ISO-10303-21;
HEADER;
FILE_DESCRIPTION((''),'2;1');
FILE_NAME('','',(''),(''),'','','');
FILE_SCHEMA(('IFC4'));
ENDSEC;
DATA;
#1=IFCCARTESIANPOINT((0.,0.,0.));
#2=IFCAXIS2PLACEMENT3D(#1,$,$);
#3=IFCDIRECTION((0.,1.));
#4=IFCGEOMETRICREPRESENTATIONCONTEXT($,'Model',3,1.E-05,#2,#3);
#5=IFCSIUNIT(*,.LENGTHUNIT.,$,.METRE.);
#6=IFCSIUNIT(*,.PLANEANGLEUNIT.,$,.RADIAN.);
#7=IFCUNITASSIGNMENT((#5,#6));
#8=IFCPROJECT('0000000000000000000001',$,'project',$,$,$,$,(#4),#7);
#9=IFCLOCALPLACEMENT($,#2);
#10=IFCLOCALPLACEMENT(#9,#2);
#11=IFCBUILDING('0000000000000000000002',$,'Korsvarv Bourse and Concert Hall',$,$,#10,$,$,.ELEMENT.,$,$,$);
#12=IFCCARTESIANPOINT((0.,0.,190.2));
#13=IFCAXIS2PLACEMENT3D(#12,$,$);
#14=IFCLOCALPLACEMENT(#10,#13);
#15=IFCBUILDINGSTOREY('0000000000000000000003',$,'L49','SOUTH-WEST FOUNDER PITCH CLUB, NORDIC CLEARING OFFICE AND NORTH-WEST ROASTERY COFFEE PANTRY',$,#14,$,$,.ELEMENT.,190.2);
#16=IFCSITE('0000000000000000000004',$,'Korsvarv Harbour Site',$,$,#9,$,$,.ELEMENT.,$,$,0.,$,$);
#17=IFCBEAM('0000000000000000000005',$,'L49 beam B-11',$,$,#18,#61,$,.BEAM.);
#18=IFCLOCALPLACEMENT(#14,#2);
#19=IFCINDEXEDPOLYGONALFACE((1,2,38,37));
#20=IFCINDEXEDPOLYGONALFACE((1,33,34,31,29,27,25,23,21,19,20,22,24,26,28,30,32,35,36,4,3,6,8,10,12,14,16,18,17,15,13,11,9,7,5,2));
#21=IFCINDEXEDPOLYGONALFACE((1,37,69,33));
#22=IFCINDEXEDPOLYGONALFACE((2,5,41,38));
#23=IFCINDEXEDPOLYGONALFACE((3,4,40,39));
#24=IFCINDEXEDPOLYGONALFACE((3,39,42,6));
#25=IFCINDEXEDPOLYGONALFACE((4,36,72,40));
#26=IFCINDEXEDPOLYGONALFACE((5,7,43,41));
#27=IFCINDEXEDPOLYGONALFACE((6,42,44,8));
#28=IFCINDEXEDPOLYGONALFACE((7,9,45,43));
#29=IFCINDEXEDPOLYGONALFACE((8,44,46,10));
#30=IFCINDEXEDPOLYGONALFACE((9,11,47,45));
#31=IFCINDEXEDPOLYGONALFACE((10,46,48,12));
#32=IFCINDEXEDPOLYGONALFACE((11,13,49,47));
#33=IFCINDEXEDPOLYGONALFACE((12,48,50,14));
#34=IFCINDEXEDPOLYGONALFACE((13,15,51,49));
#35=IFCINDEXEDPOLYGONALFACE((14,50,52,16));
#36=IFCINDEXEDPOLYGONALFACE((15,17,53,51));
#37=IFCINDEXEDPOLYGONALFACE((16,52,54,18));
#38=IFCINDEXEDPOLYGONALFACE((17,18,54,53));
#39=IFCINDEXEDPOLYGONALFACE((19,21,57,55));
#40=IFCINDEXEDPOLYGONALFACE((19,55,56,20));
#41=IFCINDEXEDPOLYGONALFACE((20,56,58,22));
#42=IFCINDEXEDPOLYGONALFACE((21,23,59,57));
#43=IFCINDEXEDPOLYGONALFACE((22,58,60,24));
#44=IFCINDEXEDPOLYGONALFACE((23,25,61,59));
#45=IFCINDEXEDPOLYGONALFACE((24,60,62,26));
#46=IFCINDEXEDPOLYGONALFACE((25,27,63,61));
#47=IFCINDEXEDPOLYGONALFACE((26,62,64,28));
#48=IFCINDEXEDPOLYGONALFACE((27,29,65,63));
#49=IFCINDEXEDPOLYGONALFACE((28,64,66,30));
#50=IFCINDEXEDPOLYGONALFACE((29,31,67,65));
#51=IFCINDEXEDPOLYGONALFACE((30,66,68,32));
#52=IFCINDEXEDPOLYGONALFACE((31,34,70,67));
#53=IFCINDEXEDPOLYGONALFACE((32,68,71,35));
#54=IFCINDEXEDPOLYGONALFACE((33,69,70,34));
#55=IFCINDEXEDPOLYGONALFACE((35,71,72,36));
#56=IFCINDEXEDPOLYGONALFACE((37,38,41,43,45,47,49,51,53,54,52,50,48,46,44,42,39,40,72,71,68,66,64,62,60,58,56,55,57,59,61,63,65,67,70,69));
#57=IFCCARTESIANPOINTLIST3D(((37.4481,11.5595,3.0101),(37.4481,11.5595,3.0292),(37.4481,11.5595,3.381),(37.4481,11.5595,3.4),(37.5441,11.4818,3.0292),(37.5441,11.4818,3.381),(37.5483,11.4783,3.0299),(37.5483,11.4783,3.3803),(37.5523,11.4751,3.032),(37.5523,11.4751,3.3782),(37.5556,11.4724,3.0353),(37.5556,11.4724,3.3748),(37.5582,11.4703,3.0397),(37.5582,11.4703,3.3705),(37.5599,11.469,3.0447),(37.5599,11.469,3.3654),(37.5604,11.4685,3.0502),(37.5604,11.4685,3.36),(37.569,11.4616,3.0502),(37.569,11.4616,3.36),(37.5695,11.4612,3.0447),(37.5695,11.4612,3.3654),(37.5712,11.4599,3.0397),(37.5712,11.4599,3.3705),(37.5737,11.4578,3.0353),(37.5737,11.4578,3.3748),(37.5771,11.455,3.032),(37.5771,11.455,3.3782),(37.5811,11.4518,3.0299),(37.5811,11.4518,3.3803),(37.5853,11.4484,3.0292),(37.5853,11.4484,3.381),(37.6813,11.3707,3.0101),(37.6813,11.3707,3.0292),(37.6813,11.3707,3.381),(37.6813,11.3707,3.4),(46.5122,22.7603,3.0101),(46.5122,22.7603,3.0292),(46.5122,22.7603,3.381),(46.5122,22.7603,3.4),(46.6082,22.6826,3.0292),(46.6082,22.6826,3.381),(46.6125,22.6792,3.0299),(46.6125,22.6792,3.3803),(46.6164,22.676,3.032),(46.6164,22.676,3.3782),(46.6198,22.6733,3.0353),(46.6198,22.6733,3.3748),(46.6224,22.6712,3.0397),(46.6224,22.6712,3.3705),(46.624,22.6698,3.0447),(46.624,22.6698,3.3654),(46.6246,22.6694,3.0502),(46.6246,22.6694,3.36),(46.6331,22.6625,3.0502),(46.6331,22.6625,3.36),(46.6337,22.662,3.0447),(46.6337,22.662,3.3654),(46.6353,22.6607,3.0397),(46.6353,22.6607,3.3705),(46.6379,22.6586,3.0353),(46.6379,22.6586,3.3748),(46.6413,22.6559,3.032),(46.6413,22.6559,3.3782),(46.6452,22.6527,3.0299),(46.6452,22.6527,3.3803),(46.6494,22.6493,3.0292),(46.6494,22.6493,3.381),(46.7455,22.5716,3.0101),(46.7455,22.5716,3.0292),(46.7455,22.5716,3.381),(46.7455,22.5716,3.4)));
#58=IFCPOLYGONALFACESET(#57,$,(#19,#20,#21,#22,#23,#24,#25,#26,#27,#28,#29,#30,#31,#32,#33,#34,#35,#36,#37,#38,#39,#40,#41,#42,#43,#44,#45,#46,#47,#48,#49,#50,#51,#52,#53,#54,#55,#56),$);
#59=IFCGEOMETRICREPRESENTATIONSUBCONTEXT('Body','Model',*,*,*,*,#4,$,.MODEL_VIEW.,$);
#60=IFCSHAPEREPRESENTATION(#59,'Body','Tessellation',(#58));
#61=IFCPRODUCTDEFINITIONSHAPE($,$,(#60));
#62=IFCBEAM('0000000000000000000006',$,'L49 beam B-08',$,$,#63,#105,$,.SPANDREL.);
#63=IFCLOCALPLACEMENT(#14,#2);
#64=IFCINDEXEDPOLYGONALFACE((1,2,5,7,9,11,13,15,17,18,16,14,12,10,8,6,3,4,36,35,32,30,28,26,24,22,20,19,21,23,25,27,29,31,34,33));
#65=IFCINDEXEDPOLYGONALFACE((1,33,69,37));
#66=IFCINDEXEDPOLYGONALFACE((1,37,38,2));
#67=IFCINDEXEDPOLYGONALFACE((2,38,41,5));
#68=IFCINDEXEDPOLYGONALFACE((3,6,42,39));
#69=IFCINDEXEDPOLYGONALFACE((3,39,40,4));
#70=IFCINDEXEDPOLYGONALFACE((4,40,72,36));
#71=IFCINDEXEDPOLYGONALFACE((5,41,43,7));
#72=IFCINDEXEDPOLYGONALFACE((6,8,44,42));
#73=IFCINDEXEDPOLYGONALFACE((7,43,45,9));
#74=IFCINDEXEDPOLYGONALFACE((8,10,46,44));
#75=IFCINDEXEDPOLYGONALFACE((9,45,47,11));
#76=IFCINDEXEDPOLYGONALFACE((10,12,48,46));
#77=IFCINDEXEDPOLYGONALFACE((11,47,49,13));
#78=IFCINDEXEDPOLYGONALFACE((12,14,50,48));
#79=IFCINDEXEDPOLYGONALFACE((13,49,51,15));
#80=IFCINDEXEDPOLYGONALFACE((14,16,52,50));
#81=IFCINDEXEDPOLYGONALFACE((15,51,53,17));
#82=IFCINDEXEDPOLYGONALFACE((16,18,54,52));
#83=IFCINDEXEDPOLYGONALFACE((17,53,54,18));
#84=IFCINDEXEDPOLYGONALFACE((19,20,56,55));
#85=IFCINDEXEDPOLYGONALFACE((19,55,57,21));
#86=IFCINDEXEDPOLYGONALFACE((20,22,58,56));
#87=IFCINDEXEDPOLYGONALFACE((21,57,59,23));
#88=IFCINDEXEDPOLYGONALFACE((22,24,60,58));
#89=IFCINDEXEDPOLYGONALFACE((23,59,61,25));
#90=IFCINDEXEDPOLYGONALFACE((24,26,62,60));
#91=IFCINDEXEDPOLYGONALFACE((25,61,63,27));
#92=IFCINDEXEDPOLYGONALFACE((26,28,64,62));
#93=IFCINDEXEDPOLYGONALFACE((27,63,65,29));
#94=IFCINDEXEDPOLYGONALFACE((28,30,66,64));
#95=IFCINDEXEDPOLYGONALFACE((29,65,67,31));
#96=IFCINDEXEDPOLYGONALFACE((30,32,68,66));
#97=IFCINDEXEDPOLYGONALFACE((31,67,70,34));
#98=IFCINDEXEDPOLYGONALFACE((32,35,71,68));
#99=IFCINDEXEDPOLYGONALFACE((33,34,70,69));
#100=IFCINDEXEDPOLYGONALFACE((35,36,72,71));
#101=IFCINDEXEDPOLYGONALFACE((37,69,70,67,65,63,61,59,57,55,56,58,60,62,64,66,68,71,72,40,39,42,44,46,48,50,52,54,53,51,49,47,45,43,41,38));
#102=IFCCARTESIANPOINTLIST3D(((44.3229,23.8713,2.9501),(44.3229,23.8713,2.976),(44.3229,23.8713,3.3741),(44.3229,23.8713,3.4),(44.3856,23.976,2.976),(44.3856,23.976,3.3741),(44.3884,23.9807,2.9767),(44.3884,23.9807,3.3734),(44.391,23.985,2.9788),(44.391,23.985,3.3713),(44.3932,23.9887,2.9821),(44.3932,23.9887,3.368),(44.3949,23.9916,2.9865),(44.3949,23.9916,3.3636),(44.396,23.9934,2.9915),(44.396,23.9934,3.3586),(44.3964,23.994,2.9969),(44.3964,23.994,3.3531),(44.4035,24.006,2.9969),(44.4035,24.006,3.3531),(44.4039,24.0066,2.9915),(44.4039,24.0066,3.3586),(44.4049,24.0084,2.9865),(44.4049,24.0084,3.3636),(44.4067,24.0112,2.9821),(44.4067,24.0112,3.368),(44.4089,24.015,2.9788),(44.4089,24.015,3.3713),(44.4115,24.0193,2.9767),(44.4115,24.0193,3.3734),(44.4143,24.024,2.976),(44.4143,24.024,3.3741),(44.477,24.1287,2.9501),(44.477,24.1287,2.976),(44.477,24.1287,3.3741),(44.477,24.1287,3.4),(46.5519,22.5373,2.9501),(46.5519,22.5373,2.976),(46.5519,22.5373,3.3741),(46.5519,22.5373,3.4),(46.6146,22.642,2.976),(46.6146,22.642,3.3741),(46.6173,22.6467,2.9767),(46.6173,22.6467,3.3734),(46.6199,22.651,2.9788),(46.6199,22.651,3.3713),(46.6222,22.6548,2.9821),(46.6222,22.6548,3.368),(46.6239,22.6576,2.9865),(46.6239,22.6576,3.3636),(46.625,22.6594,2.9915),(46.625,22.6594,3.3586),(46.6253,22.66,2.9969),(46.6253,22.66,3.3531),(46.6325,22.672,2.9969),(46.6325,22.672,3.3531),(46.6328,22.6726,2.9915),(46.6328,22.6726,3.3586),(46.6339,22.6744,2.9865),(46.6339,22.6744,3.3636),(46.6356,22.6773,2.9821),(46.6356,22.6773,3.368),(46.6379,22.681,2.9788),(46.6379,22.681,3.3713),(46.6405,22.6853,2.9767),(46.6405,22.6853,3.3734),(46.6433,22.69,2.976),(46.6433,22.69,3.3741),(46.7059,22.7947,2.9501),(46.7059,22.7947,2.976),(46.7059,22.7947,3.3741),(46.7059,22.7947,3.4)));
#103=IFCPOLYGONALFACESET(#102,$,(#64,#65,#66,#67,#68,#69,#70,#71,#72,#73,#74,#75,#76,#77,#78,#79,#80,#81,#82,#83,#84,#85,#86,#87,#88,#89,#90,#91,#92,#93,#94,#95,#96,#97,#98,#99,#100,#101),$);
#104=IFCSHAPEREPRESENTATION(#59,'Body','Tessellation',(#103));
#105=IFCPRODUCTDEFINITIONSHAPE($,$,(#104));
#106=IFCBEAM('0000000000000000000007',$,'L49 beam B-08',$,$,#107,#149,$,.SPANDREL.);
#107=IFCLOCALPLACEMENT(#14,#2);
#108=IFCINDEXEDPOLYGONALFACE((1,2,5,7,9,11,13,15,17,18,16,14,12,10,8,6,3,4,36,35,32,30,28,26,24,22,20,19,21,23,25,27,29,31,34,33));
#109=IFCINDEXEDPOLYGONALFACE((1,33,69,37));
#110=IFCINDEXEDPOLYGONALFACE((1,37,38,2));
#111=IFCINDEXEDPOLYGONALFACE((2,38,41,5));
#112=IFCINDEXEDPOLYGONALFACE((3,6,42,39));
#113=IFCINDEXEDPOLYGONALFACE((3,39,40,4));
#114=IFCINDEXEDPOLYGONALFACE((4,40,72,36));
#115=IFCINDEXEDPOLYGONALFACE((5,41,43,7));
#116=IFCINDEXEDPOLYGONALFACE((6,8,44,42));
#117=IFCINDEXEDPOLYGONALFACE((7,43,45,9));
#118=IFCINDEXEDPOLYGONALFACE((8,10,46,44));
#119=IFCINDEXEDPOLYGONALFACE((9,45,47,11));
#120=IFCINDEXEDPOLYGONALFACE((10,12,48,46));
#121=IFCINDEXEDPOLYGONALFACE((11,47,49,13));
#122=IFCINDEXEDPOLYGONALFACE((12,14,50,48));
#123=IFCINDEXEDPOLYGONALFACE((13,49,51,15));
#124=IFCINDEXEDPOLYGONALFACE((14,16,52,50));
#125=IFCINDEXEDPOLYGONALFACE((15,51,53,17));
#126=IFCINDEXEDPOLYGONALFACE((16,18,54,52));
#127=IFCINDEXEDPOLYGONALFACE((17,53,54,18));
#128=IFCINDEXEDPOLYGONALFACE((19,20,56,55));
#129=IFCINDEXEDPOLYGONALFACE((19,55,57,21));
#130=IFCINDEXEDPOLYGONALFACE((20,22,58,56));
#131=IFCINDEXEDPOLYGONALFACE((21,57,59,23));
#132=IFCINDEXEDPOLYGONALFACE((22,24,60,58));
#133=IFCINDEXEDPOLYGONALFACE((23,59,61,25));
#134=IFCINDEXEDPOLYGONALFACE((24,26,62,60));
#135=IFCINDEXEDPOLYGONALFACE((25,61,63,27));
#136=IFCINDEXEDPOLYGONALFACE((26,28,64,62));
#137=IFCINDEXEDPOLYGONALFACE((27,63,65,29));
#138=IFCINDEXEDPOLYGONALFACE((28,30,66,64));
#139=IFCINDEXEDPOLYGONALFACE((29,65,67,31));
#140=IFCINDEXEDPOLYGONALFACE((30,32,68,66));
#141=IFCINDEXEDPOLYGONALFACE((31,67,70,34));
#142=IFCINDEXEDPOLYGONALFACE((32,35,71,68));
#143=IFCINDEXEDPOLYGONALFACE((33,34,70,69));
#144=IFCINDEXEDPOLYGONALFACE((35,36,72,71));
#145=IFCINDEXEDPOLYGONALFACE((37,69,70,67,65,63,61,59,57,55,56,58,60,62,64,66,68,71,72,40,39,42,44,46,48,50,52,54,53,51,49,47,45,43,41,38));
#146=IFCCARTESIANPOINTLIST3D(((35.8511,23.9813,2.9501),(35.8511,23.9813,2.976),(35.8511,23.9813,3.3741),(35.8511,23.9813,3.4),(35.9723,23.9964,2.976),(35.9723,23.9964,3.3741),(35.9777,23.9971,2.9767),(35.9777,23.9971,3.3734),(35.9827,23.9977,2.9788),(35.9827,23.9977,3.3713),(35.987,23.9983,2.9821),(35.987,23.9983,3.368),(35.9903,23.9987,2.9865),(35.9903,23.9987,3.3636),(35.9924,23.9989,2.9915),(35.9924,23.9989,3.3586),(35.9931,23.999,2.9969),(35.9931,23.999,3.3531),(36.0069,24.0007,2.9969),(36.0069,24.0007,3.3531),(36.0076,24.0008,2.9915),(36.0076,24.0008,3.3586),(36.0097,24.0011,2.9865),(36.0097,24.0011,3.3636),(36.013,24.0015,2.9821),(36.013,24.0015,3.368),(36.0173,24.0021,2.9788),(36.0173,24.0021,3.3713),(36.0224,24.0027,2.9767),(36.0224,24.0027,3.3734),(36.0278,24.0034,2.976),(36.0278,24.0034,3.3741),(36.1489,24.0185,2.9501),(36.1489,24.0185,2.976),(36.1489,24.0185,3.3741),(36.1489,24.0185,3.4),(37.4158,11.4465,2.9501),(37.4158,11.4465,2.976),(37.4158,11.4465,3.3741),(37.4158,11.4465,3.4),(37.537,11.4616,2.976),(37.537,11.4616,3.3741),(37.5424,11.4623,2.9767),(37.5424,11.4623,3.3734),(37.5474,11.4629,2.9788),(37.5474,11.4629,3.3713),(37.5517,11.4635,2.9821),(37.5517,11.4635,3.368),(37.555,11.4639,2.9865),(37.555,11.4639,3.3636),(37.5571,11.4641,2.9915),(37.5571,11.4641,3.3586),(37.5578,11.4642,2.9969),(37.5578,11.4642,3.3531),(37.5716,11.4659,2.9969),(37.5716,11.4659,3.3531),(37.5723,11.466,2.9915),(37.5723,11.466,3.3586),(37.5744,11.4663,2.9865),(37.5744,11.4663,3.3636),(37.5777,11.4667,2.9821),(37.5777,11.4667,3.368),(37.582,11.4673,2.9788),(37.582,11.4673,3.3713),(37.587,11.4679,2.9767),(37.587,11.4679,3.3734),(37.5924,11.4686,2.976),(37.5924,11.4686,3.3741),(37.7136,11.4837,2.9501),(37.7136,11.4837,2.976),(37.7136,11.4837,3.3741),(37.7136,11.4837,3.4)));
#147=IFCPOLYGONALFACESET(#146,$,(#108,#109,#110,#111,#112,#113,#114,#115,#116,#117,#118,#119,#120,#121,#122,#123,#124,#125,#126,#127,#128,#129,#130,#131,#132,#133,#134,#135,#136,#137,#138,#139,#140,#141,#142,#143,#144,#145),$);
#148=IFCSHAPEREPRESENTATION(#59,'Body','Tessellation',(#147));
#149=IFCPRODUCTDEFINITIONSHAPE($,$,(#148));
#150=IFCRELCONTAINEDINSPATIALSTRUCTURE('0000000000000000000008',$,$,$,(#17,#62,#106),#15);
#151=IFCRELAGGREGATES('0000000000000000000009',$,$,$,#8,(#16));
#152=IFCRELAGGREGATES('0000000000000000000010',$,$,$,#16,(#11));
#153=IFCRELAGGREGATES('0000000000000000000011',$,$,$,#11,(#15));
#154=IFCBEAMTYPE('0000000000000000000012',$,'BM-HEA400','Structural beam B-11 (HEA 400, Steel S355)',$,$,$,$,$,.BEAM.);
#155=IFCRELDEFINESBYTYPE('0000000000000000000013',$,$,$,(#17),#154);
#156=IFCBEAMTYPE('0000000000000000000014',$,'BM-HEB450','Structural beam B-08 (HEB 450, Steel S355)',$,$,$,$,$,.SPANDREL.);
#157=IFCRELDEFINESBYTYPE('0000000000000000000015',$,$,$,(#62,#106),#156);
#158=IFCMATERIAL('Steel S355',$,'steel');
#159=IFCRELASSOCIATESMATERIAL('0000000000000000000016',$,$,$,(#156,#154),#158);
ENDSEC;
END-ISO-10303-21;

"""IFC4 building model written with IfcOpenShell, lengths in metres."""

from ifc_helpers import new_model, si_unit, direction, frame, origin, origin_2d, place, context, subcontext, project, spatial, i_section, extrude, source, transform, mapped, material, material_profile, profile_set, type_object, element, save


model = new_model("IFC4")

# Units and contexts
model_context = context("Model", 3, precision=1e-05, world=origin(), true_north=direction((0.0, 1.0)))
body_context = subcontext(model_context, "Body", "Model", "MODEL_VIEW")
ifc_project = project(units=[si_unit("LENGTHUNIT", "METRE"), si_unit("PLANEANGLEUNIT", "RADIAN")], contexts=[model_context])

# Site, building, storey
site_placement = place(None, origin())
site = spatial("IfcSite", under=ifc_project, at=site_placement, Name="Korsvarv Harbour Site", CompositionType="ELEMENT", RefElevation=0.0)
building_placement = place(site_placement, origin())
building = spatial("IfcBuilding", under=site, at=building_placement, Name="Korsvarv Bourse and Concert Hall", CompositionType="ELEMENT")
storey_placement = place(building_placement, frame((0.0, 0.0, 190.2)))
storey = spatial("IfcBuildingStorey", under=building, at=storey_placement, Name="L49", Description="SOUTH-WEST FOUNDER PITCH CLUB, NORDIC CLEARING OFFICE AND NORTH-WEST ROASTERY COFFEE PANTRY", CompositionType="ELEMENT", Elevation=190.2)

# Shared definitions
ifc_material_1 = material(Name="Steel S355", Category="steel")

# Beams
ifc_material_profile_1 = material_profile(ifc_material_1, i_section(OverallWidth=0.3, OverallDepth=0.45, WebThickness=0.0139, FlangeThickness=0.0259, FilletRadius=0.021, at=origin_2d()), Name="HEB 450")
ifc_profile_set_1 = profile_set([ifc_material_profile_1], Name="Steel S355")
beam_type_1 = type_object("IfcBeamType", Name="BM-HEB450", Description="Structural beam B-08 (HEB 450, Steel S355)", PredefinedType="SPANDREL", material=ifc_profile_set_1)
ifc_material_profile_2 = material_profile(ifc_material_1, i_section(OverallWidth=0.3, OverallDepth=0.3899, WebThickness=0.011, FlangeThickness=0.019, FilletRadius=0.021, at=origin_2d()), Name="HEA 400")
ifc_profile_set_2 = profile_set([ifc_material_profile_2], Name="Steel S355")
beam_type_2 = type_object("IfcBeamType", Name="BM-HEA400", Description="Structural beam B-11 (HEA 400, Steel S355)", PredefinedType="BEAM", material=ifc_profile_set_2)
shared_shape_1 = source(origin(), body_context, "Body", "SweptSolid", [
    extrude(i_section(OverallWidth=0.3, OverallDepth=0.3899, WebThickness=0.011, FlangeThickness=0.019, FilletRadius=0.021, at=origin_2d()), origin(), (0.0, 0.0, 1.0), 14.4089),
])
beam_1_placement = place(storey_placement, frame((37.5647, 11.4651, 3.2051), z_axis=(0.629064, 0.777354, 0.0), x_axis=(-0.777354, 0.629064, 0.0)))
element("IfcBeam", 1, at=beam_1_placement, inside=storey, type_object=beam_type_2, Name="L49 beam B-11", PredefinedType="BEAM", context=body_context, shape_type="MappedRepresentation", body=[
    mapped(shared_shape_1, transform((0.0, 0.0, 0.0), scale=1.0)),
])
shared_shape_2 = source(origin(), body_context, "Body", "SweptSolid", [
    extrude(i_section(OverallWidth=0.3, OverallDepth=0.45, WebThickness=0.0139, FlangeThickness=0.0259, FilletRadius=0.021, at=origin_2d()), origin(), (0.0, 0.0, 1.0), 2.5977),
])
beam_2_placement = place(storey_placement, frame((46.6289, 22.666, 3.175), z_axis=(-0.858073, 0.513528, 0.0), x_axis=(-0.513528, -0.858073, 0.0)))
element("IfcBeam", 2, at=beam_2_placement, inside=storey, type_object=beam_type_1, Name="L49 beam B-08", PredefinedType="SPANDREL", context=body_context, shape_type="MappedRepresentation", body=[
    mapped(shared_shape_2, transform((0.0, 0.0, 0.0), scale=1.0)),
])
shared_shape_3 = source(origin(), body_context, "Body", "SweptSolid", [
    extrude(i_section(OverallWidth=0.3, OverallDepth=0.45, WebThickness=0.0139, FlangeThickness=0.0259, FilletRadius=0.021, at=origin_2d()), origin(), (0.0, 0.0, 1.0), 12.6321),
])
beam_3_placement = place(storey_placement, frame((37.5647, 11.4651, 3.175), z_axis=(-0.123866, 0.992299, 0.0), x_axis=(-0.992299, -0.123866, 0.0)))
element("IfcBeam", 3, at=beam_3_placement, inside=storey, type_object=beam_type_1, Name="L49 beam B-08", PredefinedType="SPANDREL", context=body_context, shape_type="MappedRepresentation", body=[
    mapped(shared_shape_3, transform((0.0, 0.0, 0.0), scale=1.0)),
])

save(model, "model.ifc")
